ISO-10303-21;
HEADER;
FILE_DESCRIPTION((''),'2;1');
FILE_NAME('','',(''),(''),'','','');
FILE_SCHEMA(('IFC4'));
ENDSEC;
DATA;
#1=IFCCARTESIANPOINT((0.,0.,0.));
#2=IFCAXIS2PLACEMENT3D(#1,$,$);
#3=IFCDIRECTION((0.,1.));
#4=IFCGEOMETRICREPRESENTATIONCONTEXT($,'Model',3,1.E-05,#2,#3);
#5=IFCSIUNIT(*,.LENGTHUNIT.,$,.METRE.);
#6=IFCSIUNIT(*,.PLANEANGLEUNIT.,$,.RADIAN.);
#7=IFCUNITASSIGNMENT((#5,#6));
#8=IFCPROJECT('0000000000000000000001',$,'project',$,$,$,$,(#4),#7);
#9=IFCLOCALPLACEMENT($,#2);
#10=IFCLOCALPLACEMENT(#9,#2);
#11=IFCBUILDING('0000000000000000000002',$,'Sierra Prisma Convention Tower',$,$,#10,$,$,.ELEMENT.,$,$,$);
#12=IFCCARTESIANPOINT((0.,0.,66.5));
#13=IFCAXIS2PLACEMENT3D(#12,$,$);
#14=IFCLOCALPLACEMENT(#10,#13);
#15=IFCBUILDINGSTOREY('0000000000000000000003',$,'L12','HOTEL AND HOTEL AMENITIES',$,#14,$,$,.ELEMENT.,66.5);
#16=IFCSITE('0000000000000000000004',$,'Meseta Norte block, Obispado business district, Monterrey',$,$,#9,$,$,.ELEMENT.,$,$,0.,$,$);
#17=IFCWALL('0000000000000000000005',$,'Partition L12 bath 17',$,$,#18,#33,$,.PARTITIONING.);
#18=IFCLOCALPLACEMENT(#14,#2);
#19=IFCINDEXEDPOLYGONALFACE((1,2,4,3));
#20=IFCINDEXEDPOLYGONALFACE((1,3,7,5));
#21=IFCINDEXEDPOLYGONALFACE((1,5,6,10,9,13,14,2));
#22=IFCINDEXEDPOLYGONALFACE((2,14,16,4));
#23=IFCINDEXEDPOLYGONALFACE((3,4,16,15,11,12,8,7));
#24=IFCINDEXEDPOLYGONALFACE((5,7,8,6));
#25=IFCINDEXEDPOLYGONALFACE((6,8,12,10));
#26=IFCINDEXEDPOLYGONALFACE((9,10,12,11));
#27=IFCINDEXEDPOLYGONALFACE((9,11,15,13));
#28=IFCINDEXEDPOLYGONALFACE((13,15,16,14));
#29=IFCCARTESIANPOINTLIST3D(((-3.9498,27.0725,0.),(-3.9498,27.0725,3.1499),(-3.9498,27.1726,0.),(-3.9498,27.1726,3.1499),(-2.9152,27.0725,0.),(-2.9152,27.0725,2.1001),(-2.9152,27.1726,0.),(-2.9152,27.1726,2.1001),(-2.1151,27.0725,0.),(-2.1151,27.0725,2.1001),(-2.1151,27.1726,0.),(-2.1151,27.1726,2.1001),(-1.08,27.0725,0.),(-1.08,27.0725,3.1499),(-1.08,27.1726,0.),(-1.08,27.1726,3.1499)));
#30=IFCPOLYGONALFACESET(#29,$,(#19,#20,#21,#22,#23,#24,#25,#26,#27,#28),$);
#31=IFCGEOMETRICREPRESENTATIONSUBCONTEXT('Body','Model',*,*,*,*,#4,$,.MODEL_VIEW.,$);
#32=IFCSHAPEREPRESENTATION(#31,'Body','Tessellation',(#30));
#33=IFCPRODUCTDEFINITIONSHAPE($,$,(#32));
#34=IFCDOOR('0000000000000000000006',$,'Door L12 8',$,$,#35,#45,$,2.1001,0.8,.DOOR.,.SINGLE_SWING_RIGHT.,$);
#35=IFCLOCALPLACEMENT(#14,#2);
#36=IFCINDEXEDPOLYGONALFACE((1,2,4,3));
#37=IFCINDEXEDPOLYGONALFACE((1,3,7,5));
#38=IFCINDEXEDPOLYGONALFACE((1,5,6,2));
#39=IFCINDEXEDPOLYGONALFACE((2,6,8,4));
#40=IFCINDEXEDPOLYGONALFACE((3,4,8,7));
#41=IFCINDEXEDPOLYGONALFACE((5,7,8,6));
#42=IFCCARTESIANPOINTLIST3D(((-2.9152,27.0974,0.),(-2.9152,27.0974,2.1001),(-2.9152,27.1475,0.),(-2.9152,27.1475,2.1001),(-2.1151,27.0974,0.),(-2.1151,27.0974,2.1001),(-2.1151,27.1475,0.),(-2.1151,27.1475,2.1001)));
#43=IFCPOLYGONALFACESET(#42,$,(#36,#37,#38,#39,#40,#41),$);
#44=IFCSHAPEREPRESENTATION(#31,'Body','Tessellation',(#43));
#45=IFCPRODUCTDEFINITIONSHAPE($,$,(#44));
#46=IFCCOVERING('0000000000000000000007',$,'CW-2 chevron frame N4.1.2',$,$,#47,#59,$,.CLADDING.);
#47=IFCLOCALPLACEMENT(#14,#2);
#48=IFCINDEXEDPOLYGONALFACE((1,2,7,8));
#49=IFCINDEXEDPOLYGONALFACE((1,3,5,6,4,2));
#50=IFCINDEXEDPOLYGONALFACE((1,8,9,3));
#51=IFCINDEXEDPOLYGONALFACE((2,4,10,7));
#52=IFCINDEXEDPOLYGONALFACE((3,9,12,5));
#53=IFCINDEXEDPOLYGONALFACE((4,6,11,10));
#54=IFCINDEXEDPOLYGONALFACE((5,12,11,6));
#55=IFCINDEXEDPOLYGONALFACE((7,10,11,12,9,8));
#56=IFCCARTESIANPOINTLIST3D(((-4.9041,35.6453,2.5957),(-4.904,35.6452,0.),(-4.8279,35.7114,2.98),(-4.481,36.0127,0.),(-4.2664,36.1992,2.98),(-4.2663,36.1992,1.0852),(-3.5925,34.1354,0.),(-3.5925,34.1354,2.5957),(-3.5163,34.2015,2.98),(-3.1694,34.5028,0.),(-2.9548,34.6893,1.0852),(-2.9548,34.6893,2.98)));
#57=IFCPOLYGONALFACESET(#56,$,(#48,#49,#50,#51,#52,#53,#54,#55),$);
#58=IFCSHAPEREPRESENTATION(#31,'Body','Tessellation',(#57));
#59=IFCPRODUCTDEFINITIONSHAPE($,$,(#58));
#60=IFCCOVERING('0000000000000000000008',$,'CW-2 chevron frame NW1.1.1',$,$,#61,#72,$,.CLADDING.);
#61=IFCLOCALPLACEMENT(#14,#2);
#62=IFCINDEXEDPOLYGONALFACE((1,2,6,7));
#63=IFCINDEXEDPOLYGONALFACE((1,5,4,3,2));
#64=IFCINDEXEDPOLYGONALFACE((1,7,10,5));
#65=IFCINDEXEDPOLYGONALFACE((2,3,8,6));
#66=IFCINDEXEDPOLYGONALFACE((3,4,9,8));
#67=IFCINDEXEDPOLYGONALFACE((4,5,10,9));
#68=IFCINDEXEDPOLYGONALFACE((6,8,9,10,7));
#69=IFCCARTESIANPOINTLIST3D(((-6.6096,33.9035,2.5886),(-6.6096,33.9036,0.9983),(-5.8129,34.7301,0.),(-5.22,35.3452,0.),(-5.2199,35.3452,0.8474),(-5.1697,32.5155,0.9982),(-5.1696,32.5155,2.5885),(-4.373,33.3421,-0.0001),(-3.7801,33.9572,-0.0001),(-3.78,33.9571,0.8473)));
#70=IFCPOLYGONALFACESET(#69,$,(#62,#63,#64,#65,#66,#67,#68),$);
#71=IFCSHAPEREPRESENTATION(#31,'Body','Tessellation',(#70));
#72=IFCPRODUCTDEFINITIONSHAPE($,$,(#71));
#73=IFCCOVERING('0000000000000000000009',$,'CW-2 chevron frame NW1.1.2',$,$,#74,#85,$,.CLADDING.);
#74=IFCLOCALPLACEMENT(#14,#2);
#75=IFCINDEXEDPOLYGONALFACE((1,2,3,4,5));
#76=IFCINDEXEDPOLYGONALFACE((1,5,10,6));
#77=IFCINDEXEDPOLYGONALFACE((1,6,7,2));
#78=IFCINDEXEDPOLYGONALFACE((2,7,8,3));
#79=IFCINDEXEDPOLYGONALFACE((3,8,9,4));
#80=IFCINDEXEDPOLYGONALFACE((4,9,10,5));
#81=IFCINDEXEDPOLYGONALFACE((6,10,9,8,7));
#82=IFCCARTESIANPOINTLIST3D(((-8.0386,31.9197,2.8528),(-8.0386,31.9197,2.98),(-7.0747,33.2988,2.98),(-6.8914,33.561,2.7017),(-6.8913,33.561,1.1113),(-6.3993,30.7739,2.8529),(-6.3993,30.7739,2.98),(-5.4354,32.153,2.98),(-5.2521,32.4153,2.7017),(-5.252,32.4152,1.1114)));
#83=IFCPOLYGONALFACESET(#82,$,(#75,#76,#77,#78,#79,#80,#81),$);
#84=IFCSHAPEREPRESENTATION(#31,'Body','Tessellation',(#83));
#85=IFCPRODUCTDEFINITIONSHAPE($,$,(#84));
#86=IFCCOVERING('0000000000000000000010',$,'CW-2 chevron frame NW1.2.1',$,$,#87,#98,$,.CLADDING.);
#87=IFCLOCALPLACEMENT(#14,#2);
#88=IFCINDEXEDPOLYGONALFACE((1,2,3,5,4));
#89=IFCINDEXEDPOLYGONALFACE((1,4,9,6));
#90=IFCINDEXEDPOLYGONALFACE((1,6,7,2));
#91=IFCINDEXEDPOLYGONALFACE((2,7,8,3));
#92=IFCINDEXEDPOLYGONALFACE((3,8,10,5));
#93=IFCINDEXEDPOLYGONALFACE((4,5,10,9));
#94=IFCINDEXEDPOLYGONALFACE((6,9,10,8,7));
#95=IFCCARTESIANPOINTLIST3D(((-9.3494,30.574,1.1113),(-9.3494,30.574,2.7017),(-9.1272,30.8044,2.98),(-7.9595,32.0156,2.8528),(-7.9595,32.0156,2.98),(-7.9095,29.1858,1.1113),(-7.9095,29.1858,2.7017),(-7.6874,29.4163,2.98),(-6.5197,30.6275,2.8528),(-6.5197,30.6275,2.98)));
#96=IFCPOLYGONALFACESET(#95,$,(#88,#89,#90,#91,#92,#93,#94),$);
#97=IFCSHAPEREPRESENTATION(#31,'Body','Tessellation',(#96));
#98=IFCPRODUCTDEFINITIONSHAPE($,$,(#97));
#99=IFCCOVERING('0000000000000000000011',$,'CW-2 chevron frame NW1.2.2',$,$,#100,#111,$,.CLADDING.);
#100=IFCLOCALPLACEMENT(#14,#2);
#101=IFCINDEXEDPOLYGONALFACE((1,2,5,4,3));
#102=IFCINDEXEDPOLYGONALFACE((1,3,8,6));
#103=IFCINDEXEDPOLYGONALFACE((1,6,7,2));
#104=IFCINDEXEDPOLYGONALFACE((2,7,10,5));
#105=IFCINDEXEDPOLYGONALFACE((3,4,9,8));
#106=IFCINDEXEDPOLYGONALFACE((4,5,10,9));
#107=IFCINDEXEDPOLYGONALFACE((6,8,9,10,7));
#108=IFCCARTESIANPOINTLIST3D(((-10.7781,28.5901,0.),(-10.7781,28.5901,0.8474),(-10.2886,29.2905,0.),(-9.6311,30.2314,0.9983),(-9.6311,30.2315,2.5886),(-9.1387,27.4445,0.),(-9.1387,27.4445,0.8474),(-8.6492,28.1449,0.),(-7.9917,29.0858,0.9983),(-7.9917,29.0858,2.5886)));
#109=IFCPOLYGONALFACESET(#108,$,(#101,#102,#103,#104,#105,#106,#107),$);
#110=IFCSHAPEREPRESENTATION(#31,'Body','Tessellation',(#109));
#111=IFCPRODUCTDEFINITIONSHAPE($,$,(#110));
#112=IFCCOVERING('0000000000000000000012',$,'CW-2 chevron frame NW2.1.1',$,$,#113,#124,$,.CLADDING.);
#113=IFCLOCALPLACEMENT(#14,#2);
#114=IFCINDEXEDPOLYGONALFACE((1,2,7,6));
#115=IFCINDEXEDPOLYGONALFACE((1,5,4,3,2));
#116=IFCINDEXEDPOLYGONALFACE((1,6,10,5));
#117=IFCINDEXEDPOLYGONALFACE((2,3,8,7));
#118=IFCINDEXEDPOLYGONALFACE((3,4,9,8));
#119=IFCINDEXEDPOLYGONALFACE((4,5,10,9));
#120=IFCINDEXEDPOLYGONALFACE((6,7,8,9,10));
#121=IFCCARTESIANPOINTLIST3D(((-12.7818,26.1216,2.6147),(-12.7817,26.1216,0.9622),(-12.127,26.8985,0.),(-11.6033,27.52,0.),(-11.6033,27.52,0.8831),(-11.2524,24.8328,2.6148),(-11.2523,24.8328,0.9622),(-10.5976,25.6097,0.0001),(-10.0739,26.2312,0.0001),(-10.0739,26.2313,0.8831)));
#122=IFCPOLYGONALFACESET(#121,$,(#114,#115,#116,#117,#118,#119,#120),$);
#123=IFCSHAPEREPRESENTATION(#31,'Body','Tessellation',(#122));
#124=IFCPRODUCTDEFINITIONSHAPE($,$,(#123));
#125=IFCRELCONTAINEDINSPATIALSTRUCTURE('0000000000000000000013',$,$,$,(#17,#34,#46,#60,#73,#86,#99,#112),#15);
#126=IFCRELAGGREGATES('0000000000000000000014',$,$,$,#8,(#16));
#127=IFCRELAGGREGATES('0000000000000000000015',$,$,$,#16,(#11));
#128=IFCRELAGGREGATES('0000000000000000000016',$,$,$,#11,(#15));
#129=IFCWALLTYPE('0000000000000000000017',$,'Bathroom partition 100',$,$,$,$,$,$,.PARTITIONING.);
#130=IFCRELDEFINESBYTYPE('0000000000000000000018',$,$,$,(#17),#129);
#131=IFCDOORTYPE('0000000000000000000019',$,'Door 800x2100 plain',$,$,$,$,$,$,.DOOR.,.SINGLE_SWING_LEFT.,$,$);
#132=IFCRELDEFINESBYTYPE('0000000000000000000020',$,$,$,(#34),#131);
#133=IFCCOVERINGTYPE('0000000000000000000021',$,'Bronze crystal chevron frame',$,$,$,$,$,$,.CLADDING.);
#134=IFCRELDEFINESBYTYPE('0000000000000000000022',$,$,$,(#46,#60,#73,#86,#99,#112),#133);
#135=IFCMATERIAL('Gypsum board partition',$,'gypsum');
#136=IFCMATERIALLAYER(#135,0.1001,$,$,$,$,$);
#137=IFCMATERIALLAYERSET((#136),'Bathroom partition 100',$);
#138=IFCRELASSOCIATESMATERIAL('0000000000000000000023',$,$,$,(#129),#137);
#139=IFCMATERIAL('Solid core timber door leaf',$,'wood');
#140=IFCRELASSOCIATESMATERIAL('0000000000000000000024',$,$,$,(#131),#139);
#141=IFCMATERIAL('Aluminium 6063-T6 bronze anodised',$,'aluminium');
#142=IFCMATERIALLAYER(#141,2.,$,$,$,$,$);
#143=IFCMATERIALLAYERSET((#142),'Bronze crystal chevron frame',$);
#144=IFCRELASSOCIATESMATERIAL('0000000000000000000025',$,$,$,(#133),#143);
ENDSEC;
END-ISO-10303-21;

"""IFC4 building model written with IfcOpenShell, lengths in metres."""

from ifc_helpers import new_model, si_unit, direction, frame, frame_2d, origin, place, context, subcontext, project, spatial, polyline, rectangle, outline, extrude, material, layer, layer_set, type_object, element, fill, save


model = new_model("IFC4")

# Units and contexts
model_context = context("Model", 3, precision=1e-05, world=origin(), true_north=direction((0.0, 1.0)))
body_context = subcontext(model_context, "Body", "Model", "MODEL_VIEW")
ifc_project = project(units=[si_unit("LENGTHUNIT", "METRE"), si_unit("PLANEANGLEUNIT", "RADIAN")], contexts=[model_context])

# Site, building, storey
site_placement = place(None, origin())
site = spatial("IfcSite", under=ifc_project, at=site_placement, Name="Meseta Norte block, Obispado business district, Monterrey", CompositionType="ELEMENT", RefElevation=0.0)
building_placement = place(site_placement, origin())
building = spatial("IfcBuilding", under=site, at=building_placement, Name="Sierra Prisma Convention Tower", CompositionType="ELEMENT")
storey_placement = place(building_placement, frame((0.0, 0.0, 66.5)))
storey = spatial("IfcBuildingStorey", under=building, at=storey_placement, Name="L12", Description="HOTEL AND HOTEL AMENITIES", CompositionType="ELEMENT", Elevation=66.5)

# Wall, opening, door
ifc_material_1 = material(Name="Gypsum board partition", Category="gypsum")
ifc_layer_1 = layer(ifc_material_1, 0.1001)
ifc_layer_set_1 = layer_set([ifc_layer_1], Name="Bathroom partition 100")
wall_type = type_object("IfcWallType", Name="Bathroom partition 100", PredefinedType="PARTITIONING", material=ifc_layer_set_1)
wall_placement = place(storey_placement, frame((-3.95, 27.1226, 0.0), z_axis=(0.0, 0.0, 1.0), x_axis=(1.0, 0.0, 0.0)))
wall = element("IfcWall", 1, at=wall_placement, inside=storey, type_object=wall_type, Name="Partition L12 bath 17", PredefinedType="PARTITIONING", context=body_context, shape_type="SweptSolid", body=[
    extrude(rectangle(XDim=2.8699, YDim=0.1001, at=frame_2d((1.4351, 0.0))), origin(), (0.0, 0.0, 1.0), 3.1499),
])
opening_placement = place(wall_placement, frame((1.0349, 0.0, 0.0)))
opening = element("IfcOpeningElement", 2, at=opening_placement, cuts=wall, PredefinedType="OPENING", context=body_context, shape_type="SweptSolid", body=[
    extrude(rectangle(XDim=0.8, YDim=2.1001, at=frame_2d((0.3999, 1.05))), frame((0.0, 0.05, 0.0), z_axis=(0.0, -1.0, 0.0), x_axis=(1.0, 0.0, 0.0)), (0.0, 0.0, 1.0), 0.1001),
])
ifc_material_2 = material(Name="Solid core timber door leaf", Category="wood")
door_type = type_object("IfcDoorType", Name="Door 800x2100 plain", OperationType="SINGLE_SWING_LEFT", PredefinedType="DOOR", material=ifc_material_2)
door_placement = place(opening_placement, origin())
door = element("IfcDoor", 3, at=door_placement, inside=storey, type_object=door_type, Name="Door L12 8", OperationType="SINGLE_SWING_RIGHT", OverallHeight=2.1001, OverallWidth=0.8, PredefinedType="DOOR", context=body_context, shape_type="SweptSolid", body=[
    extrude(rectangle(XDim=0.8, YDim=2.1001, at=frame_2d((0.3999, 1.05))), frame((0.0, 0.0249, 0.0), z_axis=(0.0, -1.0, 0.0), x_axis=(1.0, 0.0, 0.0)), (0.0, 0.0, 1.0), 0.05),
])
fill(opening, door)

# Coverings
ifc_material_3 = material(Name="Aluminium 6063-T6 bronze anodised", Category="aluminium")
ifc_layer_2 = layer(ifc_material_3, 2.0)
ifc_layer_set_2 = layer_set([ifc_layer_2], Name="Bronze crystal chevron frame")
covering_type = type_object("IfcCoveringType", Name="Bronze crystal chevron frame", PredefinedType="CLADDING", material=ifc_layer_set_2)
covering_1_placement = place(storey_placement, frame((-4.2664, 36.1992, 2.98), z_axis=(-0.655786, 0.754947, -0.000013), x_axis=(0.000009, -0.00001, -1.0)))
element("IfcCovering", 4, at=covering_1_placement, inside=storey, type_object=covering_type, Name="CW-2 chevron frame N4.1.2", PredefinedType="CLADDING", context=body_context, shape_type="SweptSolid", body=[
    extrude(outline(polyline([(0.0, 0.0), (1.8948, 0.0), (2.98, 0.2843), (2.98, 0.8447), (0.3843, 0.8447), (0.0, 0.7438), (0.0, 0.0)])), origin(), (0.0, 0.0, -1.0), 2.0),
])
covering_2_placement = place(storey_placement, frame((-5.22, 35.3452, 0.0), z_axis=(-0.719954, 0.694021, 0.000053), x_axis=(-0.694021, -0.719954, 0.0)))
element("IfcCovering", 5, at=covering_2_placement, inside=storey, type_object=covering_type, Name="CW-2 chevron frame NW1.1.1", PredefinedType="CLADDING", context=body_context, shape_type="SweptSolid", body=[
    extrude(outline(polyline([(0.0, 0.0), (0.8543, 0.0), (2.0024, 0.9983), (2.0024, 2.5886), (0.0, 0.8474), (0.0, 0.0)])), origin(), (0.0, 0.0, -1.0), 2.0),
])
covering_3_placement = place(storey_placement, frame((-6.8914, 33.561, 2.7017), z_axis=(-0.819641, 0.572877, -0.000034), x_axis=(0.000028, -0.00002, -1.0)))
element("IfcCovering", 6, at=covering_3_placement, inside=storey, type_object=covering_type, Name="CW-2 chevron frame NW1.1.2", PredefinedType="CLADDING", context=body_context, shape_type="SweptSolid", body=[
    extrude(outline(polyline([(0.0, 0.0), (1.5903, 0.0), (-0.1511, 2.0025), (-0.2783, 2.0025), (-0.2783, 0.32), (0.0, 0.0)])), origin(), (0.0, 0.0, -1.0), 2.0),
])
covering_4_placement = place(storey_placement, frame((-7.9595, 32.0156, 2.98), z_axis=(-0.719911, 0.694067, -0.00001), x_axis=(0.000007, -0.000007, -1.0)))
element("IfcCovering", 7, at=covering_4_placement, inside=storey, type_object=covering_type, Name="CW-2 chevron frame NW1.2.1", PredefinedType="CLADDING", context=body_context, shape_type="SweptSolid", body=[
    extrude(outline(polyline([(0.0, 0.0), (0.1272, 0.0), (1.8687, 2.0025), (0.2783, 2.0025), (0.0, 1.6824), (0.0, 0.0)])), origin(), (0.0, 0.0, -1.0), 2.0),
])
covering_5_placement = place(storey_placement, frame((-10.7781, 28.5901, 0.0), z_axis=(-0.819692, 0.572804, -0.000011), x_axis=(-0.000009, 0.000006, 1.0)))
element("IfcCovering", 8, at=covering_5_placement, inside=storey, type_object=covering_type, Name="CW-2 chevron frame NW1.2.2", PredefinedType="CLADDING", context=body_context, shape_type="SweptSolid", body=[
    extrude(outline(polyline([(0.0, 0.0), (0.8474, 0.0), (2.5886, 2.0024), (0.9983, 2.0024), (0.0, 0.8545), (0.0, 0.0)])), origin(), (0.0, 0.0, -1.0), 2.0),
])
covering_6_placement = place(storey_placement, frame((-11.6033, 27.52, 0.0), z_axis=(-0.764697, 0.64439, -0.000033), x_axis=(-0.64439, -0.764697, 0.0)))
element("IfcCovering", 9, at=covering_6_placement, inside=storey, type_object=covering_type, Name="CW-2 chevron frame NW2.1.1", PredefinedType="CLADDING", context=body_context, shape_type="SweptSolid", body=[
    extrude(outline(polyline([(0.0, 0.0), (0.8128, 0.0), (1.8288, 0.9622), (1.8288, 2.6147), (0.0, 0.8831), (0.0, 0.0)])), origin(), (0.0, 0.0, -1.0), 2.0),
])

save(model, "model.ifc")
